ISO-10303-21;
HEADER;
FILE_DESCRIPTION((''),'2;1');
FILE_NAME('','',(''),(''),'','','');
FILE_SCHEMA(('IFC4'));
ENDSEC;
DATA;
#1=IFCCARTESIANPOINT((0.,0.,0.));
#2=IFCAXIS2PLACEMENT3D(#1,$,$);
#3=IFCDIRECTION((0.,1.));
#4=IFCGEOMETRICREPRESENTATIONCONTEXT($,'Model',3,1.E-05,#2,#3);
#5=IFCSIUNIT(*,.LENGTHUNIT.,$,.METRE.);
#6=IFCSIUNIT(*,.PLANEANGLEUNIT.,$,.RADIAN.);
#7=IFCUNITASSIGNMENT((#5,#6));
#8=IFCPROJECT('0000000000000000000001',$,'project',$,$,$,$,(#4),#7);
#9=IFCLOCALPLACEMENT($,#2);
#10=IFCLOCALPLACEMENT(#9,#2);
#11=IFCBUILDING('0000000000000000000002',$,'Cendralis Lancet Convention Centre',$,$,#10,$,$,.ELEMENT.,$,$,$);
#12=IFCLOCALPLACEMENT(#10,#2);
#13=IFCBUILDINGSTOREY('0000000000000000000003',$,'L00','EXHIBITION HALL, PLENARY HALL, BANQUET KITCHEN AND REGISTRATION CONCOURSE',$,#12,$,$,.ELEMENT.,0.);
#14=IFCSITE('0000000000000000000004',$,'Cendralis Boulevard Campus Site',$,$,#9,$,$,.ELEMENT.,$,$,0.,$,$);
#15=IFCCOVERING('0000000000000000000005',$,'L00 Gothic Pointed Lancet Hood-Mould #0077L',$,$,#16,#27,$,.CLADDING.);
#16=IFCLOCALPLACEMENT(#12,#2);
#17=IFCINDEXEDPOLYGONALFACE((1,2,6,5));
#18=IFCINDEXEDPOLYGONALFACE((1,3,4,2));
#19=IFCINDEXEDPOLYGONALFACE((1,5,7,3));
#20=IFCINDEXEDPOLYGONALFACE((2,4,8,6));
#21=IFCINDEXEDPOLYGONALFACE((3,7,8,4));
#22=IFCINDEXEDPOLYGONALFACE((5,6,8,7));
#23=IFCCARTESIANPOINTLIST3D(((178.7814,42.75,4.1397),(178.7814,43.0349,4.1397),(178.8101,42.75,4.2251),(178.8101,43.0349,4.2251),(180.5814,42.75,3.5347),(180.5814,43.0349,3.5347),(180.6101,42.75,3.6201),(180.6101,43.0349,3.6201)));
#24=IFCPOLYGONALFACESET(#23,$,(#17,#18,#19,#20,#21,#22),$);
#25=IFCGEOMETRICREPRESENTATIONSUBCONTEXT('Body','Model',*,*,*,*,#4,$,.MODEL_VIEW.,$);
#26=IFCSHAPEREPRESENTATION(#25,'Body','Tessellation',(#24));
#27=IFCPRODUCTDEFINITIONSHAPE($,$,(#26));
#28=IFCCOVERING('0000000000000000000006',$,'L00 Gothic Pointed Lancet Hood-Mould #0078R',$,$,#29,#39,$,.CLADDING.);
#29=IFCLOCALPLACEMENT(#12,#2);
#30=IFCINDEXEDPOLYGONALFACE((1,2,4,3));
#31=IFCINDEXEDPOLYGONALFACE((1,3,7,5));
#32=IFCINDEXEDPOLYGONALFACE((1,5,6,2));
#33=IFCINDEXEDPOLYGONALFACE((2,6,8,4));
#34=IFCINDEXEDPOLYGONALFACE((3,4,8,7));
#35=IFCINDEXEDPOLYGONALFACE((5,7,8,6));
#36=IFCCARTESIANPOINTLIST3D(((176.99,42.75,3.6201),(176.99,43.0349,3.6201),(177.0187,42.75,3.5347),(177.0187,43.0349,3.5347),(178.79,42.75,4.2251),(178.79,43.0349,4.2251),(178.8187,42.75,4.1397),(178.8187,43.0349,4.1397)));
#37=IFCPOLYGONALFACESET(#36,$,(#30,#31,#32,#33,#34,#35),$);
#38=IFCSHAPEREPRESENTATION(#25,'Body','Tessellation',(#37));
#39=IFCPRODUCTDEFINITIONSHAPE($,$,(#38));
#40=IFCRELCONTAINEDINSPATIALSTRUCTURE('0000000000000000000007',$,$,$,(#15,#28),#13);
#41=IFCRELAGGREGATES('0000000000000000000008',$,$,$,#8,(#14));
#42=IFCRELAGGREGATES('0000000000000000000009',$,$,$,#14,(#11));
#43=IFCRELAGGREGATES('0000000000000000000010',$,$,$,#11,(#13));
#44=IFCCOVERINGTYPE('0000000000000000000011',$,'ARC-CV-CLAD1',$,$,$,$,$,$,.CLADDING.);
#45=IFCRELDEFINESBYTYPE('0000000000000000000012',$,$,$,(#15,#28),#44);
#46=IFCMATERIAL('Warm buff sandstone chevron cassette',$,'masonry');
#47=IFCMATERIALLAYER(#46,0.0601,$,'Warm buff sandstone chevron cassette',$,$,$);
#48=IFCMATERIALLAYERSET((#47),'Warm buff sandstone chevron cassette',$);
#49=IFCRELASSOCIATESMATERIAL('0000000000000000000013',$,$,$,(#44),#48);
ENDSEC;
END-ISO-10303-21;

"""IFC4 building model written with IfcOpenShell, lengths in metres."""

from ifc_helpers import new_model, si_unit, direction, frame, origin, place, context, subcontext, project, spatial, polyline, outline, extrude, material, layer, layer_set, type_object, element, save


model = new_model("IFC4")

# Units and contexts
model_context = context("Model", 3, precision=1e-05, world=origin(), true_north=direction((0.0, 1.0)))
body_context = subcontext(model_context, "Body", "Model", "MODEL_VIEW")
ifc_project = project(units=[si_unit("LENGTHUNIT", "METRE"), si_unit("PLANEANGLEUNIT", "RADIAN")], contexts=[model_context])

# Site, building, storey
site_placement = place(None, origin())
site = spatial("IfcSite", under=ifc_project, at=site_placement, Name="Cendralis Boulevard Campus Site", CompositionType="ELEMENT", RefElevation=0.0)
building_placement = place(site_placement, origin())
building = spatial("IfcBuilding", under=site, at=building_placement, Name="Cendralis Lancet Convention Centre", CompositionType="ELEMENT")
storey_placement = place(building_placement, origin())
storey = spatial("IfcBuildingStorey", under=building, at=storey_placement, Name="L00", Description="EXHIBITION HALL, PLENARY HALL, BANQUET KITCHEN AND REGISTRATION CONCOURSE", CompositionType="ELEMENT", Elevation=0.0)

# Coverings
ifc_material_1 = material(Name="Warm buff sandstone chevron cassette", Category="masonry")
ifc_layer_1 = layer(ifc_material_1, 0.0601, Name="Warm buff sandstone chevron cassette")
ifc_layer_set_1 = layer_set([ifc_layer_1], Name="Warm buff sandstone chevron cassette")
covering_type = type_object("IfcCoveringType", Name="ARC-CV-CLAD1", PredefinedType="CLADDING", material=ifc_layer_set_1)
for number, where, z_axis, x_axis, name in (
    (1, (180.6101, 42.75, 3.6201), (0.318579, 0.0, 0.947896), (0.0, 1.0, 0.0), "L00 Gothic Pointed Lancet Hood-Mould #0077L"),
    (2, (178.79, 42.75, 4.2251), (-0.318579, 0.0, 0.947896), (0.0, 1.0, 0.0), "L00 Gothic Pointed Lancet Hood-Mould #0078R"),
):
    element("IfcCovering", number, at=place(storey_placement, frame(where, z_axis=z_axis, x_axis=x_axis)), inside=storey, type_object=covering_type, Name=name, PredefinedType="CLADDING", context=body_context, shape_type="SweptSolid", body=[
        extrude(outline(polyline([(0.0, 0.0), (0.2849, 0.0), (0.2849, 1.899), (0.0, 1.899), (0.0, 0.0)])), origin(), (0.0, 0.0, -1.0), 0.0901),
    ])

save(model, "model.ifc")
